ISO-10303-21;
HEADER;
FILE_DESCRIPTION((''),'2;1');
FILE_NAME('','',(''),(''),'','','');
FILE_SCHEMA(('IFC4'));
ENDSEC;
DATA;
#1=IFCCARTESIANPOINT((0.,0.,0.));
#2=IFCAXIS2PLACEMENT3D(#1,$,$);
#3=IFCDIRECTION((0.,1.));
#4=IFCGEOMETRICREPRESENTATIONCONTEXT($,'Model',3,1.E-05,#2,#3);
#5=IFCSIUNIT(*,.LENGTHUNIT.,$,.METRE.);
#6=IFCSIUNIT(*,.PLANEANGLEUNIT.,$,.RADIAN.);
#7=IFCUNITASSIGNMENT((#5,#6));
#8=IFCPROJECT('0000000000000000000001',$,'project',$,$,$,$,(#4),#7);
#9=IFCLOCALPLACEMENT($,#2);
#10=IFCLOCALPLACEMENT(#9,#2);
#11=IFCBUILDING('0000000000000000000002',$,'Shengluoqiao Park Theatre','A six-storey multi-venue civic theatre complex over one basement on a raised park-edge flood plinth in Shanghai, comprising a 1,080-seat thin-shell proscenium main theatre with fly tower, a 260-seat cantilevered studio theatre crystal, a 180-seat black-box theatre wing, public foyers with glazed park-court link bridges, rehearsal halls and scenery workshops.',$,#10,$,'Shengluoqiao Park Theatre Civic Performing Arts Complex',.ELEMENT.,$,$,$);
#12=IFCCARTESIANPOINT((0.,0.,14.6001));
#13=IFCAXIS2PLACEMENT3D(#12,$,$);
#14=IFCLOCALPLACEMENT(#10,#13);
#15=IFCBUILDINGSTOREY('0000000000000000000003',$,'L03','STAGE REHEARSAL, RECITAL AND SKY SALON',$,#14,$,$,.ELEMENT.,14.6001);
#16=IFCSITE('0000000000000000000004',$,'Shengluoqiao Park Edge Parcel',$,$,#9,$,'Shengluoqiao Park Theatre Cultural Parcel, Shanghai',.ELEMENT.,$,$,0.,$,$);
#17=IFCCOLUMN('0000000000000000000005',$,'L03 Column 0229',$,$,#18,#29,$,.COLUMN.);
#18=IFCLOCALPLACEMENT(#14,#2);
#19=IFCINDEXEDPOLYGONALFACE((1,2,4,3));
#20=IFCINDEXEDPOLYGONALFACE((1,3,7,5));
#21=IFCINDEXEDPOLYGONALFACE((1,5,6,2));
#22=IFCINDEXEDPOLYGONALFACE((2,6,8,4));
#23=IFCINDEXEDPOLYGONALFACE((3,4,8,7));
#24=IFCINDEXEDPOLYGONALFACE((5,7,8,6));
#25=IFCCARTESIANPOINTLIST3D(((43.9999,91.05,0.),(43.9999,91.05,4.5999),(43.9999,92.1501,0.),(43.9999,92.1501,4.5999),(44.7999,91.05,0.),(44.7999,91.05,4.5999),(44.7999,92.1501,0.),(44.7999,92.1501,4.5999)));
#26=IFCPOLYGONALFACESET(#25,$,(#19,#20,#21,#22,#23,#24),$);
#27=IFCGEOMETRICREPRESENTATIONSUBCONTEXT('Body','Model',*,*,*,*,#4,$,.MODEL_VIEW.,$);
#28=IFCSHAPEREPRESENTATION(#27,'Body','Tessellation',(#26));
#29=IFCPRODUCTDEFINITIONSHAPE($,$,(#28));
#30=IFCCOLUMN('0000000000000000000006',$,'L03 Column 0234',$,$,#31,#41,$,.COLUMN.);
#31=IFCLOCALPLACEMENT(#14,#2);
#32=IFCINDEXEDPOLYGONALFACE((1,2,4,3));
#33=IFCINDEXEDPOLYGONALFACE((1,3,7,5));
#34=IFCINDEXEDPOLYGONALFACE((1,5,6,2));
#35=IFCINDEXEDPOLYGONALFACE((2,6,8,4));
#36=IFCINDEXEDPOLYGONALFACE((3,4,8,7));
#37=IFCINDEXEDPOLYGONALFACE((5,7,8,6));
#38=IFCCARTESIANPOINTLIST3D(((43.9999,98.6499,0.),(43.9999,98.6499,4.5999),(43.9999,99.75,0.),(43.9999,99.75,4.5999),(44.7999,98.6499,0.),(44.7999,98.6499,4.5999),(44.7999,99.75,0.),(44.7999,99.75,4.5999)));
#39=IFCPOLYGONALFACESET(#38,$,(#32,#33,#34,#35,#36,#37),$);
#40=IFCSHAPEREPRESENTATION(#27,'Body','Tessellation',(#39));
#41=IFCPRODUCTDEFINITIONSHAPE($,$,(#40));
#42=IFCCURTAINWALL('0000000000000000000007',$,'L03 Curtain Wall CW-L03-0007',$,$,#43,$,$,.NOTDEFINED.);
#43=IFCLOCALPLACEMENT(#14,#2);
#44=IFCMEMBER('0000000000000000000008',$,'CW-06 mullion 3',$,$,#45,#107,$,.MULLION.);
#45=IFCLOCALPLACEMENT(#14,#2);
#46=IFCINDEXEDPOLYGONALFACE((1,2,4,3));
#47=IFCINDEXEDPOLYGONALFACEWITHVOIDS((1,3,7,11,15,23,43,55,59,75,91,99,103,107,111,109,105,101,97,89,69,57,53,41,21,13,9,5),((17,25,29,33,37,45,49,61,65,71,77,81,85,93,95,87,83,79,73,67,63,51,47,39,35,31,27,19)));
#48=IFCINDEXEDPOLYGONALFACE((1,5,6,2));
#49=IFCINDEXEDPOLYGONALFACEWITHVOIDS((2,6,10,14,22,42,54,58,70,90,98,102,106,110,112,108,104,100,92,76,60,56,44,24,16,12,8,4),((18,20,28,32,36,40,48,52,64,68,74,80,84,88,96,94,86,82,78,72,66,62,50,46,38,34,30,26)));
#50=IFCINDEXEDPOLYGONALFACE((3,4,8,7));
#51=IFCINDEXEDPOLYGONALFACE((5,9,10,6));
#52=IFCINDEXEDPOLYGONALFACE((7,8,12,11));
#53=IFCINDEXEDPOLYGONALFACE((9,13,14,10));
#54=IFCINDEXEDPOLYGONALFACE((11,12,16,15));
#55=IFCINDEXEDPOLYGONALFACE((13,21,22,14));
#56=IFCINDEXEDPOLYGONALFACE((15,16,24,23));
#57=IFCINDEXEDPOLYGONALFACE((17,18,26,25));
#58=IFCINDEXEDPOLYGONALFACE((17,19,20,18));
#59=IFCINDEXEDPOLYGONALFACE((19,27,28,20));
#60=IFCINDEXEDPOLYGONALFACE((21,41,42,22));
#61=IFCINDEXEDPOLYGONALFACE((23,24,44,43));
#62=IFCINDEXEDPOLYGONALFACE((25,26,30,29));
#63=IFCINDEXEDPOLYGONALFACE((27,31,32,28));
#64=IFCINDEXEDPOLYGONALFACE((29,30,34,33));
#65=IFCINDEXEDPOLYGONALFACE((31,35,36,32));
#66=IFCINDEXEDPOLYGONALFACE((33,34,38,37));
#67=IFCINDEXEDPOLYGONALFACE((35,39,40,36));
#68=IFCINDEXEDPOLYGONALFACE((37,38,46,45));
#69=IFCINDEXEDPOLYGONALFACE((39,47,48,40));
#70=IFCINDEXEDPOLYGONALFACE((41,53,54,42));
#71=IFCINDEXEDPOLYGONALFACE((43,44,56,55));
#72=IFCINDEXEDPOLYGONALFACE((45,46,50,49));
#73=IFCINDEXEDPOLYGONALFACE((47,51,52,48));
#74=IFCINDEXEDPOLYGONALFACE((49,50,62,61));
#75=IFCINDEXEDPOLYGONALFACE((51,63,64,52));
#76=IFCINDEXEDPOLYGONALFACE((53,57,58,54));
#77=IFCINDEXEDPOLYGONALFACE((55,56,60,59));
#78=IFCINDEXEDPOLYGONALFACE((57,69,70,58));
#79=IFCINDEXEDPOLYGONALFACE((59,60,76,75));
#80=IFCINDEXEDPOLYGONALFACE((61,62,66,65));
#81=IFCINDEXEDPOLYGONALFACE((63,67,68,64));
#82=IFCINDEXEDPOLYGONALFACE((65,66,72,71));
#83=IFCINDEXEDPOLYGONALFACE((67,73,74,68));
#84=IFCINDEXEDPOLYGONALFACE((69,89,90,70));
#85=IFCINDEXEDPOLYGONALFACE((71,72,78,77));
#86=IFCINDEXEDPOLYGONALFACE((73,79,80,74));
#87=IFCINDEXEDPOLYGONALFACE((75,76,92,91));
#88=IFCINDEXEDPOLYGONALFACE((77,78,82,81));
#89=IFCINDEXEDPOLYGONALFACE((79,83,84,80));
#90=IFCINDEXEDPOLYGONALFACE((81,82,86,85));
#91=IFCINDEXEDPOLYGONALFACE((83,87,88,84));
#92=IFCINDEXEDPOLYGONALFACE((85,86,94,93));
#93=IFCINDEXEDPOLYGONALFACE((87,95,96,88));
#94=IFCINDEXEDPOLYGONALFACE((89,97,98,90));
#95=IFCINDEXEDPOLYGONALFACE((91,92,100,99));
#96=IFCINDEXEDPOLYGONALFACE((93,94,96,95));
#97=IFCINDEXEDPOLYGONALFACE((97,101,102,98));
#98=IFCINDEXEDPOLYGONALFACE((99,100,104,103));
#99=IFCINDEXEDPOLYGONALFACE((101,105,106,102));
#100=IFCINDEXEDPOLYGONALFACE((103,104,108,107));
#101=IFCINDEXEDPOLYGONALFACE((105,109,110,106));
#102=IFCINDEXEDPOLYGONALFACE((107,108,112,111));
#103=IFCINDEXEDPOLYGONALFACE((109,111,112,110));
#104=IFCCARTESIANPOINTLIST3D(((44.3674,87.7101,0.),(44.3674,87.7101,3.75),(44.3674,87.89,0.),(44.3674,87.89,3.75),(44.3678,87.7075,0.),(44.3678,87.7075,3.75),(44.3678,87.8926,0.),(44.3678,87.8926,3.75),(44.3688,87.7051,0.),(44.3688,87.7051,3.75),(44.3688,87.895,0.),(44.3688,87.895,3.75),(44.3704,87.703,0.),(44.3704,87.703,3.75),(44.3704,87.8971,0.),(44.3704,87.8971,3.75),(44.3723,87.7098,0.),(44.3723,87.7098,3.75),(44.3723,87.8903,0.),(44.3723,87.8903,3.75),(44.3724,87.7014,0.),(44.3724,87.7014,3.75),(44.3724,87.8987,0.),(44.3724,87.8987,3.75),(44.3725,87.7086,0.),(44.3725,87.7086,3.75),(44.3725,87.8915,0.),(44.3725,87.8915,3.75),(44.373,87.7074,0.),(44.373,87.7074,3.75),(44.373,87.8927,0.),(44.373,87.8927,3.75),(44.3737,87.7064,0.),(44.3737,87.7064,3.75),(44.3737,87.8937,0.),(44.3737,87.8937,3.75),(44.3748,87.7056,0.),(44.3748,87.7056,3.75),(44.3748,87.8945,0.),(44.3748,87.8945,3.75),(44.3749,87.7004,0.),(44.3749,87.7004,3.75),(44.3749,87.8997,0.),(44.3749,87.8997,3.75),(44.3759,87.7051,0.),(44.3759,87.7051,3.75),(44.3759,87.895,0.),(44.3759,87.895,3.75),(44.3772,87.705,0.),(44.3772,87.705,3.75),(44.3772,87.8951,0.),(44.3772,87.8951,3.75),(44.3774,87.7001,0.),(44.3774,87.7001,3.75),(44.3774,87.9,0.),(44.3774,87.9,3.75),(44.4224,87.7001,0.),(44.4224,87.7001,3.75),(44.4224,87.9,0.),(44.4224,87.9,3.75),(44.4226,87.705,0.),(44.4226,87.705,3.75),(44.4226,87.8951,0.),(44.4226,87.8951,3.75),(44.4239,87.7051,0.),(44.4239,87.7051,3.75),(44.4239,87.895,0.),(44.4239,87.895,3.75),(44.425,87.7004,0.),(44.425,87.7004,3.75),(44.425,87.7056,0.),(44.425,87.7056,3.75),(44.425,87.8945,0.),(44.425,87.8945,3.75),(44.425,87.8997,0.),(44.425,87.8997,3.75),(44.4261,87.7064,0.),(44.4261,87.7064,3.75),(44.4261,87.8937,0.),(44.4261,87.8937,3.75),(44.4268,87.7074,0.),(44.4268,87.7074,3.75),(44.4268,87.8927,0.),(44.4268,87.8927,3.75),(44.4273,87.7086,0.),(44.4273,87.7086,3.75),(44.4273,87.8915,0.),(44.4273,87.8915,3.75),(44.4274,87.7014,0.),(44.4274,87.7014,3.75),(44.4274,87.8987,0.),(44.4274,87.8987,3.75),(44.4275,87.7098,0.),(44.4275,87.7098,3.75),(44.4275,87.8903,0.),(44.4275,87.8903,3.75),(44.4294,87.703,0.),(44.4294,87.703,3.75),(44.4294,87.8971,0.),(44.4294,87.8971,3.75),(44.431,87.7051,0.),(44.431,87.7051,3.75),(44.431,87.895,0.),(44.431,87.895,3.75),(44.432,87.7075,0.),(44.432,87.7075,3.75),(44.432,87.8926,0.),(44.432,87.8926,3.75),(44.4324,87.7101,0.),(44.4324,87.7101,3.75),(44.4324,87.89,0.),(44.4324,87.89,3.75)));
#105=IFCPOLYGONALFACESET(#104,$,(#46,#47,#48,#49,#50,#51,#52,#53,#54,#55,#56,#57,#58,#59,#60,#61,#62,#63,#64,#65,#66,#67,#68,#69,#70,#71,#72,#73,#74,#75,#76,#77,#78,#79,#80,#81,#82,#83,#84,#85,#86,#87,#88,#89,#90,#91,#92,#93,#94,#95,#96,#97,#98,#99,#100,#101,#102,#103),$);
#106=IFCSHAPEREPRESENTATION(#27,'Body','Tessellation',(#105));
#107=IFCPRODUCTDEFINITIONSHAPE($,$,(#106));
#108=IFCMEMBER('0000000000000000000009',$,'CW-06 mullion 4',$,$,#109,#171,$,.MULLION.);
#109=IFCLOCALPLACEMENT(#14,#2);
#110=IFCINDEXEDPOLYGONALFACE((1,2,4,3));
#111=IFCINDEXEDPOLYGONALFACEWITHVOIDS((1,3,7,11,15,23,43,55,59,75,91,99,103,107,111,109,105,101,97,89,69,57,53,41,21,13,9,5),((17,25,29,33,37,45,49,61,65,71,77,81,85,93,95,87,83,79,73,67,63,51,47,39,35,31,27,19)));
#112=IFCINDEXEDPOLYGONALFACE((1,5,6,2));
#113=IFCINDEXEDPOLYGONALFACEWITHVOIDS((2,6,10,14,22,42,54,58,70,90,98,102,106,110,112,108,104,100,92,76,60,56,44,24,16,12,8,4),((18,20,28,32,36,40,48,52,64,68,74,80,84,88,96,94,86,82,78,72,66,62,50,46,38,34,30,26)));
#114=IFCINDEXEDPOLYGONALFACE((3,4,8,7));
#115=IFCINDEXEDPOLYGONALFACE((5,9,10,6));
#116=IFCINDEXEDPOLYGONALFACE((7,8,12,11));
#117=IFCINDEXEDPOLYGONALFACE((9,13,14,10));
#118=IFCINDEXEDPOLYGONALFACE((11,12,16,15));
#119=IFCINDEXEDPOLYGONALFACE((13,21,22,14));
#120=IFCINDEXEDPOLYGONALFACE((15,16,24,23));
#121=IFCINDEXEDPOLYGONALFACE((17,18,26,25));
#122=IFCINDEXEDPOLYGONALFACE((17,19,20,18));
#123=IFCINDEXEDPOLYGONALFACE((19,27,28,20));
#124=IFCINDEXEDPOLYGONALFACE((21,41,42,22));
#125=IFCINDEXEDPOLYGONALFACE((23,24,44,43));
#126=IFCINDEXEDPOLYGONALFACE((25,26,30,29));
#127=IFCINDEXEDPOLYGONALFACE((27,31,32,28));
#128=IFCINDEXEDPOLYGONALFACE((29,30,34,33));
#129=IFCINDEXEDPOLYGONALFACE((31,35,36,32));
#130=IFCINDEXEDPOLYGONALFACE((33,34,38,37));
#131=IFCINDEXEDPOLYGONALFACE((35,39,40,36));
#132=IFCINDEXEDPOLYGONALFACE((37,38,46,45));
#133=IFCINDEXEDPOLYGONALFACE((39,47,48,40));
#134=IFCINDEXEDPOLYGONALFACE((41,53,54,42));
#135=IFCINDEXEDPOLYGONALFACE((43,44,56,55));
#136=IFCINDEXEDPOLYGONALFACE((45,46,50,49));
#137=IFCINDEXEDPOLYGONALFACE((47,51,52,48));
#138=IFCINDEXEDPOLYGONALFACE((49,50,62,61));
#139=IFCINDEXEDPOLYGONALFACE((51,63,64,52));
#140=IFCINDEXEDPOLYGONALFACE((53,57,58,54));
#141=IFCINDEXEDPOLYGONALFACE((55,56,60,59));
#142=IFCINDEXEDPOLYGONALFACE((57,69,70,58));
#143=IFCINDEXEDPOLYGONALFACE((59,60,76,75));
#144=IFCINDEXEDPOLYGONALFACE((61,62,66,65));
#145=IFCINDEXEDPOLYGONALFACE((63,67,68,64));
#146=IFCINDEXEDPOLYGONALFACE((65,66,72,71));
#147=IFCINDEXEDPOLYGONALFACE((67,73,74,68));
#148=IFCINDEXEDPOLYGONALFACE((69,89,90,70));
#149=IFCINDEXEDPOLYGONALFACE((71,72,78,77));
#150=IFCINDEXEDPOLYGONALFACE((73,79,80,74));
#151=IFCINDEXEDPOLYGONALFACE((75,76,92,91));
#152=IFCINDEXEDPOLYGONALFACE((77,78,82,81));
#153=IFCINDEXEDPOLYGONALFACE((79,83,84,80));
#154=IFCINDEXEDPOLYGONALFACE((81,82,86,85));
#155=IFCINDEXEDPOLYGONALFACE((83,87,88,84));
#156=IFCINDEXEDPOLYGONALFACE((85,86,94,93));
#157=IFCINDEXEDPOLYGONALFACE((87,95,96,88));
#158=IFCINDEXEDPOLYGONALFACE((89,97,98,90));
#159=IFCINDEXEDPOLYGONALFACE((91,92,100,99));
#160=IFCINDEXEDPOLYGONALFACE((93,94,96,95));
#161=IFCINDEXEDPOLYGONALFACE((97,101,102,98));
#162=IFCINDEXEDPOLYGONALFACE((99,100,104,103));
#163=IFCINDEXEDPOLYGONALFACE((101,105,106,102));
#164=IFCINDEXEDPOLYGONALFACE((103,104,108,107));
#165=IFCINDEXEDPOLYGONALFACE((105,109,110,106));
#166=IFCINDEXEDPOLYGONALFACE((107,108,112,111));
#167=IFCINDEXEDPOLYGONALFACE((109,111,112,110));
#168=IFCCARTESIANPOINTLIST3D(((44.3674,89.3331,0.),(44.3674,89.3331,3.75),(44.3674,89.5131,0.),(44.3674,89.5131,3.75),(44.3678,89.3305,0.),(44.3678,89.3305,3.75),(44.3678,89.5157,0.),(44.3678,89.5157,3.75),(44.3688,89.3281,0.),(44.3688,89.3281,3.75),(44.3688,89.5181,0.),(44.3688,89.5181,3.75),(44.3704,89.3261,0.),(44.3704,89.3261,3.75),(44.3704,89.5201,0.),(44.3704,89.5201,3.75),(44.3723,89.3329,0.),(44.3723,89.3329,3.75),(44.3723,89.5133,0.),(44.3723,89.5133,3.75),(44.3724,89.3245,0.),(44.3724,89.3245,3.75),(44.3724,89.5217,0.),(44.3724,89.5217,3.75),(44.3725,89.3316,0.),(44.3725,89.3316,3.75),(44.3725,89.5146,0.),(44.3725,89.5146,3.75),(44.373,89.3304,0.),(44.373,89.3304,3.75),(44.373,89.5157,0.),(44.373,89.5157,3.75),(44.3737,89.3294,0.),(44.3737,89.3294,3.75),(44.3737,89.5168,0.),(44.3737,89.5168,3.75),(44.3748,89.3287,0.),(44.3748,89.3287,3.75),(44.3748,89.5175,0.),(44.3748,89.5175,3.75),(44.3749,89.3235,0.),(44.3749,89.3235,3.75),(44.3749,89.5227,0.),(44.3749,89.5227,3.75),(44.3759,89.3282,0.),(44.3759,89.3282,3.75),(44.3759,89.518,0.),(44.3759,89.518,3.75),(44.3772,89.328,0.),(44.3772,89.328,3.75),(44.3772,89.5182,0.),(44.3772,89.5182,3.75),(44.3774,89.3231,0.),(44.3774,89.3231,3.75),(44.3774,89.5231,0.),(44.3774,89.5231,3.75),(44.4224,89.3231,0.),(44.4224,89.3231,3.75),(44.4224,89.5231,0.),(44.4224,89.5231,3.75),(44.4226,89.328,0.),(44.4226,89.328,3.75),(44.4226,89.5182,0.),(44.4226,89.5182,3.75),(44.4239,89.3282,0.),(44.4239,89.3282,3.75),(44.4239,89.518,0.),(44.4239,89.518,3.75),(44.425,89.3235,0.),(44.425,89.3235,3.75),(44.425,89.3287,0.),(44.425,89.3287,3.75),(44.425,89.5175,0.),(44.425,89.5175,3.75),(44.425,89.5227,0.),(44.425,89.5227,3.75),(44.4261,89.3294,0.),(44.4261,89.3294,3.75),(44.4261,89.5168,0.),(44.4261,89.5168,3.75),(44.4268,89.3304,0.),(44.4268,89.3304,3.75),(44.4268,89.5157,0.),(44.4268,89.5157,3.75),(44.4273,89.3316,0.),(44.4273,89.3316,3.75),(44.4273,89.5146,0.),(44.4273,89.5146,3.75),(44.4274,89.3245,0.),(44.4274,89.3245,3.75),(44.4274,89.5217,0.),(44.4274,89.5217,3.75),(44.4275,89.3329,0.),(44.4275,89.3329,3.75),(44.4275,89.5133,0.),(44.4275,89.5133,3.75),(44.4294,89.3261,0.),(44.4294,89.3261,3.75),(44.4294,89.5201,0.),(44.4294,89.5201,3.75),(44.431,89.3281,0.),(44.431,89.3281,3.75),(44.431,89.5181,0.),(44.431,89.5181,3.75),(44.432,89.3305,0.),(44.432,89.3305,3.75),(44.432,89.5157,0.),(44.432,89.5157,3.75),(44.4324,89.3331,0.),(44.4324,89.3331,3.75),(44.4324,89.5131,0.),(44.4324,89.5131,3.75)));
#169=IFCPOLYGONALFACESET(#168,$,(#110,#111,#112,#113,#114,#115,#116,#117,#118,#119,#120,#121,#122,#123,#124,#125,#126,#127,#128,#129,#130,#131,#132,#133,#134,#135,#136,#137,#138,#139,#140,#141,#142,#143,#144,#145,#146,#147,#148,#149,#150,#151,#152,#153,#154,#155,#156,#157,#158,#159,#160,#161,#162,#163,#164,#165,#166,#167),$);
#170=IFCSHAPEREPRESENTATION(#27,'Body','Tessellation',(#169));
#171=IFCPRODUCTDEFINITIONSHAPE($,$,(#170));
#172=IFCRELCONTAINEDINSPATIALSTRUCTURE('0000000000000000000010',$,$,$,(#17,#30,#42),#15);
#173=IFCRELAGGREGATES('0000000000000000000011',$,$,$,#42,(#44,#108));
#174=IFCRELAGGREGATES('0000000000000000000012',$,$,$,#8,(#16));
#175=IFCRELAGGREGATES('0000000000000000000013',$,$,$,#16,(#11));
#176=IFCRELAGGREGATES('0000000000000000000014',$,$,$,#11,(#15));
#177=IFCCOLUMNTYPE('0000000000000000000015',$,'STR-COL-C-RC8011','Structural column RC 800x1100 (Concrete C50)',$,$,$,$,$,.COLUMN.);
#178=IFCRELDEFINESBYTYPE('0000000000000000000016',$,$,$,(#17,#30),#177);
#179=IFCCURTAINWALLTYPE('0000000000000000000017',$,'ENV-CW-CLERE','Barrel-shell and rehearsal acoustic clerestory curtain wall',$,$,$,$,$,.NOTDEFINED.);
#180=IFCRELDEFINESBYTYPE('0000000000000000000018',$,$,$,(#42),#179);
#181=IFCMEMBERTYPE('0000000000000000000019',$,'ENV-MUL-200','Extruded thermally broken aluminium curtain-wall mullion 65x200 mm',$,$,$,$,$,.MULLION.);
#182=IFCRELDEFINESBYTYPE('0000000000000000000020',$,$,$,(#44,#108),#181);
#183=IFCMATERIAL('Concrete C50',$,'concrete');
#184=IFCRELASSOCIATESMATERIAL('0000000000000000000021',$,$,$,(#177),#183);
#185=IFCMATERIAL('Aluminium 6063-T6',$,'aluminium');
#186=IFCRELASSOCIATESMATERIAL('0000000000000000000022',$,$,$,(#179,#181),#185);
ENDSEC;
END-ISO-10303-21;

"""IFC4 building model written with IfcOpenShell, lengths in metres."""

from ifc_helpers import new_model, si_unit, direction, frame, origin, origin_2d, place, context, subcontext, project, spatial, rectangle, hollow_rectangle, extrude, material, material_profile, profile_set, type_object, element, aggregate, save


model = new_model("IFC4")

# Units and contexts
model_context = context("Model", 3, precision=1e-05, world=origin(), true_north=direction((0.0, 1.0)))
body_context = subcontext(model_context, "Body", "Model", "MODEL_VIEW")
ifc_project = project(units=[si_unit("LENGTHUNIT", "METRE"), si_unit("PLANEANGLEUNIT", "RADIAN")], contexts=[model_context])

# Site, building, storey
site_placement = place(None, origin())
site = spatial("IfcSite", under=ifc_project, at=site_placement, Name="Shengluoqiao Park Edge Parcel", LongName="Shengluoqiao Park Theatre Cultural Parcel, Shanghai", CompositionType="ELEMENT", RefElevation=0.0)
building_placement = place(site_placement, origin())
building = spatial("IfcBuilding", under=site, at=building_placement, Name="Shengluoqiao Park Theatre", Description="A six-storey multi-venue civic theatre complex over one basement on a raised park-edge flood plinth in Shanghai, comprising a 1,080-seat thin-shell proscenium main theatre with fly tower, a 260-seat cantilevered studio theatre crystal, a 180-seat black-box theatre wing, public foyers with glazed park-court link bridges, rehearsal halls and scenery workshops.", LongName="Shengluoqiao Park Theatre Civic Performing Arts Complex", CompositionType="ELEMENT")
storey_placement = place(building_placement, frame((0.0, 0.0, 14.6001)))
storey = spatial("IfcBuildingStorey", under=building, at=storey_placement, Name="L03", Description="STAGE REHEARSAL, RECITAL AND SKY SALON", CompositionType="ELEMENT", Elevation=14.6001)

# Columns
ifc_material_1 = material(Name="Concrete C50", Category="concrete")
ifc_material_profile_1 = material_profile(ifc_material_1, rectangle(XDim=0.8, YDim=1.1001, at=origin_2d()), Name="RC 800x1100")
ifc_profile_set_1 = profile_set([ifc_material_profile_1], Name="Concrete C50")
column_type = type_object("IfcColumnType", Name="STR-COL-C-RC8011", Description="Structural column RC 800x1100 (Concrete C50)", PredefinedType="COLUMN", material=ifc_profile_set_1)
for number, where, z_axis, x_axis, name in (
    (1, (44.3999, 91.6001, 0.0), (0.0, 0.0, 1.0), (1.0, 0.0, 0.0), "L03 Column 0229"),
    (2, (44.3999, 99.2, 0.0), (0.0, 0.0, 1.0), (1.0, 0.0, 0.0), "L03 Column 0234"),
):
    element("IfcColumn", number, at=place(storey_placement, frame(where, z_axis=z_axis, x_axis=x_axis)), inside=storey, type_object=column_type, Name=name, PredefinedType="COLUMN", context=body_context, shape_type="SweptSolid", body=[
        extrude(rectangle(XDim=0.8, YDim=1.1001, at=origin_2d()), origin(), (0.0, 0.0, 1.0), 4.5999),
    ])

# Curtain wall, members
ifc_material_2 = material(Name="Aluminium 6063-T6", Category="aluminium")
curtain_wall_type = type_object("IfcCurtainWallType", Name="ENV-CW-CLERE", Description="Barrel-shell and rehearsal acoustic clerestory curtain wall", PredefinedType="NOTDEFINED", material=ifc_material_2)
curtain_wall_1_placement = place(storey_placement, origin())
curtain_wall_1 = element("IfcCurtainWall", 3, at=curtain_wall_1_placement, inside=storey, type_object=curtain_wall_type, Name="L03 Curtain Wall CW-L03-0007", PredefinedType="NOTDEFINED")
ifc_material_profile_2 = material_profile(ifc_material_2, hollow_rectangle(XDim=0.0649, YDim=0.2, WallThickness=0.0049, InnerFilletRadius=0.0049, OuterFilletRadius=0.01, at=origin_2d()), Name="ALU MULLION 200x65x5")
ifc_profile_set_2 = profile_set([ifc_material_profile_2], Name="Aluminium 6063-T6")
member_type_1 = type_object("IfcMemberType", Name="ENV-MUL-200", Description="Extruded thermally broken aluminium curtain-wall mullion 65x200 mm", PredefinedType="MULLION", material=ifc_profile_set_2)
member_1_placement = place(storey_placement, frame((44.3999, 87.8, 0.0), z_axis=(0.0, 0.0, 1.0), x_axis=(-1.0, 0.0, 0.0)))
member_1 = element("IfcMember", 4, at=member_1_placement, type_object=member_type_1, Name="CW-06 mullion 3", PredefinedType="MULLION", context=body_context, shape_type="SweptSolid", body=[
    extrude(hollow_rectangle(XDim=0.0649, YDim=0.2, WallThickness=0.0049, InnerFilletRadius=0.0049, OuterFilletRadius=0.01, at=origin_2d()), origin(), (0.0, 0.0, 1.0), 3.75),
])
member_2_placement = place(storey_placement, frame((44.3999, 89.4231, 0.0), z_axis=(0.0, 0.0, 1.0), x_axis=(-1.0, 0.0, 0.0)))
member_2 = element("IfcMember", 5, at=member_2_placement, type_object=member_type_1, Name="CW-06 mullion 4", PredefinedType="MULLION", context=body_context, shape_type="SweptSolid", body=[
    extrude(hollow_rectangle(XDim=0.0649, YDim=0.2, WallThickness=0.0049, InnerFilletRadius=0.0049, OuterFilletRadius=0.01, at=origin_2d()), origin(), (0.0, 0.0, 1.0), 3.75),
])

aggregate(curtain_wall_1, [member_1, member_2])

save(model, "model.ifc")
